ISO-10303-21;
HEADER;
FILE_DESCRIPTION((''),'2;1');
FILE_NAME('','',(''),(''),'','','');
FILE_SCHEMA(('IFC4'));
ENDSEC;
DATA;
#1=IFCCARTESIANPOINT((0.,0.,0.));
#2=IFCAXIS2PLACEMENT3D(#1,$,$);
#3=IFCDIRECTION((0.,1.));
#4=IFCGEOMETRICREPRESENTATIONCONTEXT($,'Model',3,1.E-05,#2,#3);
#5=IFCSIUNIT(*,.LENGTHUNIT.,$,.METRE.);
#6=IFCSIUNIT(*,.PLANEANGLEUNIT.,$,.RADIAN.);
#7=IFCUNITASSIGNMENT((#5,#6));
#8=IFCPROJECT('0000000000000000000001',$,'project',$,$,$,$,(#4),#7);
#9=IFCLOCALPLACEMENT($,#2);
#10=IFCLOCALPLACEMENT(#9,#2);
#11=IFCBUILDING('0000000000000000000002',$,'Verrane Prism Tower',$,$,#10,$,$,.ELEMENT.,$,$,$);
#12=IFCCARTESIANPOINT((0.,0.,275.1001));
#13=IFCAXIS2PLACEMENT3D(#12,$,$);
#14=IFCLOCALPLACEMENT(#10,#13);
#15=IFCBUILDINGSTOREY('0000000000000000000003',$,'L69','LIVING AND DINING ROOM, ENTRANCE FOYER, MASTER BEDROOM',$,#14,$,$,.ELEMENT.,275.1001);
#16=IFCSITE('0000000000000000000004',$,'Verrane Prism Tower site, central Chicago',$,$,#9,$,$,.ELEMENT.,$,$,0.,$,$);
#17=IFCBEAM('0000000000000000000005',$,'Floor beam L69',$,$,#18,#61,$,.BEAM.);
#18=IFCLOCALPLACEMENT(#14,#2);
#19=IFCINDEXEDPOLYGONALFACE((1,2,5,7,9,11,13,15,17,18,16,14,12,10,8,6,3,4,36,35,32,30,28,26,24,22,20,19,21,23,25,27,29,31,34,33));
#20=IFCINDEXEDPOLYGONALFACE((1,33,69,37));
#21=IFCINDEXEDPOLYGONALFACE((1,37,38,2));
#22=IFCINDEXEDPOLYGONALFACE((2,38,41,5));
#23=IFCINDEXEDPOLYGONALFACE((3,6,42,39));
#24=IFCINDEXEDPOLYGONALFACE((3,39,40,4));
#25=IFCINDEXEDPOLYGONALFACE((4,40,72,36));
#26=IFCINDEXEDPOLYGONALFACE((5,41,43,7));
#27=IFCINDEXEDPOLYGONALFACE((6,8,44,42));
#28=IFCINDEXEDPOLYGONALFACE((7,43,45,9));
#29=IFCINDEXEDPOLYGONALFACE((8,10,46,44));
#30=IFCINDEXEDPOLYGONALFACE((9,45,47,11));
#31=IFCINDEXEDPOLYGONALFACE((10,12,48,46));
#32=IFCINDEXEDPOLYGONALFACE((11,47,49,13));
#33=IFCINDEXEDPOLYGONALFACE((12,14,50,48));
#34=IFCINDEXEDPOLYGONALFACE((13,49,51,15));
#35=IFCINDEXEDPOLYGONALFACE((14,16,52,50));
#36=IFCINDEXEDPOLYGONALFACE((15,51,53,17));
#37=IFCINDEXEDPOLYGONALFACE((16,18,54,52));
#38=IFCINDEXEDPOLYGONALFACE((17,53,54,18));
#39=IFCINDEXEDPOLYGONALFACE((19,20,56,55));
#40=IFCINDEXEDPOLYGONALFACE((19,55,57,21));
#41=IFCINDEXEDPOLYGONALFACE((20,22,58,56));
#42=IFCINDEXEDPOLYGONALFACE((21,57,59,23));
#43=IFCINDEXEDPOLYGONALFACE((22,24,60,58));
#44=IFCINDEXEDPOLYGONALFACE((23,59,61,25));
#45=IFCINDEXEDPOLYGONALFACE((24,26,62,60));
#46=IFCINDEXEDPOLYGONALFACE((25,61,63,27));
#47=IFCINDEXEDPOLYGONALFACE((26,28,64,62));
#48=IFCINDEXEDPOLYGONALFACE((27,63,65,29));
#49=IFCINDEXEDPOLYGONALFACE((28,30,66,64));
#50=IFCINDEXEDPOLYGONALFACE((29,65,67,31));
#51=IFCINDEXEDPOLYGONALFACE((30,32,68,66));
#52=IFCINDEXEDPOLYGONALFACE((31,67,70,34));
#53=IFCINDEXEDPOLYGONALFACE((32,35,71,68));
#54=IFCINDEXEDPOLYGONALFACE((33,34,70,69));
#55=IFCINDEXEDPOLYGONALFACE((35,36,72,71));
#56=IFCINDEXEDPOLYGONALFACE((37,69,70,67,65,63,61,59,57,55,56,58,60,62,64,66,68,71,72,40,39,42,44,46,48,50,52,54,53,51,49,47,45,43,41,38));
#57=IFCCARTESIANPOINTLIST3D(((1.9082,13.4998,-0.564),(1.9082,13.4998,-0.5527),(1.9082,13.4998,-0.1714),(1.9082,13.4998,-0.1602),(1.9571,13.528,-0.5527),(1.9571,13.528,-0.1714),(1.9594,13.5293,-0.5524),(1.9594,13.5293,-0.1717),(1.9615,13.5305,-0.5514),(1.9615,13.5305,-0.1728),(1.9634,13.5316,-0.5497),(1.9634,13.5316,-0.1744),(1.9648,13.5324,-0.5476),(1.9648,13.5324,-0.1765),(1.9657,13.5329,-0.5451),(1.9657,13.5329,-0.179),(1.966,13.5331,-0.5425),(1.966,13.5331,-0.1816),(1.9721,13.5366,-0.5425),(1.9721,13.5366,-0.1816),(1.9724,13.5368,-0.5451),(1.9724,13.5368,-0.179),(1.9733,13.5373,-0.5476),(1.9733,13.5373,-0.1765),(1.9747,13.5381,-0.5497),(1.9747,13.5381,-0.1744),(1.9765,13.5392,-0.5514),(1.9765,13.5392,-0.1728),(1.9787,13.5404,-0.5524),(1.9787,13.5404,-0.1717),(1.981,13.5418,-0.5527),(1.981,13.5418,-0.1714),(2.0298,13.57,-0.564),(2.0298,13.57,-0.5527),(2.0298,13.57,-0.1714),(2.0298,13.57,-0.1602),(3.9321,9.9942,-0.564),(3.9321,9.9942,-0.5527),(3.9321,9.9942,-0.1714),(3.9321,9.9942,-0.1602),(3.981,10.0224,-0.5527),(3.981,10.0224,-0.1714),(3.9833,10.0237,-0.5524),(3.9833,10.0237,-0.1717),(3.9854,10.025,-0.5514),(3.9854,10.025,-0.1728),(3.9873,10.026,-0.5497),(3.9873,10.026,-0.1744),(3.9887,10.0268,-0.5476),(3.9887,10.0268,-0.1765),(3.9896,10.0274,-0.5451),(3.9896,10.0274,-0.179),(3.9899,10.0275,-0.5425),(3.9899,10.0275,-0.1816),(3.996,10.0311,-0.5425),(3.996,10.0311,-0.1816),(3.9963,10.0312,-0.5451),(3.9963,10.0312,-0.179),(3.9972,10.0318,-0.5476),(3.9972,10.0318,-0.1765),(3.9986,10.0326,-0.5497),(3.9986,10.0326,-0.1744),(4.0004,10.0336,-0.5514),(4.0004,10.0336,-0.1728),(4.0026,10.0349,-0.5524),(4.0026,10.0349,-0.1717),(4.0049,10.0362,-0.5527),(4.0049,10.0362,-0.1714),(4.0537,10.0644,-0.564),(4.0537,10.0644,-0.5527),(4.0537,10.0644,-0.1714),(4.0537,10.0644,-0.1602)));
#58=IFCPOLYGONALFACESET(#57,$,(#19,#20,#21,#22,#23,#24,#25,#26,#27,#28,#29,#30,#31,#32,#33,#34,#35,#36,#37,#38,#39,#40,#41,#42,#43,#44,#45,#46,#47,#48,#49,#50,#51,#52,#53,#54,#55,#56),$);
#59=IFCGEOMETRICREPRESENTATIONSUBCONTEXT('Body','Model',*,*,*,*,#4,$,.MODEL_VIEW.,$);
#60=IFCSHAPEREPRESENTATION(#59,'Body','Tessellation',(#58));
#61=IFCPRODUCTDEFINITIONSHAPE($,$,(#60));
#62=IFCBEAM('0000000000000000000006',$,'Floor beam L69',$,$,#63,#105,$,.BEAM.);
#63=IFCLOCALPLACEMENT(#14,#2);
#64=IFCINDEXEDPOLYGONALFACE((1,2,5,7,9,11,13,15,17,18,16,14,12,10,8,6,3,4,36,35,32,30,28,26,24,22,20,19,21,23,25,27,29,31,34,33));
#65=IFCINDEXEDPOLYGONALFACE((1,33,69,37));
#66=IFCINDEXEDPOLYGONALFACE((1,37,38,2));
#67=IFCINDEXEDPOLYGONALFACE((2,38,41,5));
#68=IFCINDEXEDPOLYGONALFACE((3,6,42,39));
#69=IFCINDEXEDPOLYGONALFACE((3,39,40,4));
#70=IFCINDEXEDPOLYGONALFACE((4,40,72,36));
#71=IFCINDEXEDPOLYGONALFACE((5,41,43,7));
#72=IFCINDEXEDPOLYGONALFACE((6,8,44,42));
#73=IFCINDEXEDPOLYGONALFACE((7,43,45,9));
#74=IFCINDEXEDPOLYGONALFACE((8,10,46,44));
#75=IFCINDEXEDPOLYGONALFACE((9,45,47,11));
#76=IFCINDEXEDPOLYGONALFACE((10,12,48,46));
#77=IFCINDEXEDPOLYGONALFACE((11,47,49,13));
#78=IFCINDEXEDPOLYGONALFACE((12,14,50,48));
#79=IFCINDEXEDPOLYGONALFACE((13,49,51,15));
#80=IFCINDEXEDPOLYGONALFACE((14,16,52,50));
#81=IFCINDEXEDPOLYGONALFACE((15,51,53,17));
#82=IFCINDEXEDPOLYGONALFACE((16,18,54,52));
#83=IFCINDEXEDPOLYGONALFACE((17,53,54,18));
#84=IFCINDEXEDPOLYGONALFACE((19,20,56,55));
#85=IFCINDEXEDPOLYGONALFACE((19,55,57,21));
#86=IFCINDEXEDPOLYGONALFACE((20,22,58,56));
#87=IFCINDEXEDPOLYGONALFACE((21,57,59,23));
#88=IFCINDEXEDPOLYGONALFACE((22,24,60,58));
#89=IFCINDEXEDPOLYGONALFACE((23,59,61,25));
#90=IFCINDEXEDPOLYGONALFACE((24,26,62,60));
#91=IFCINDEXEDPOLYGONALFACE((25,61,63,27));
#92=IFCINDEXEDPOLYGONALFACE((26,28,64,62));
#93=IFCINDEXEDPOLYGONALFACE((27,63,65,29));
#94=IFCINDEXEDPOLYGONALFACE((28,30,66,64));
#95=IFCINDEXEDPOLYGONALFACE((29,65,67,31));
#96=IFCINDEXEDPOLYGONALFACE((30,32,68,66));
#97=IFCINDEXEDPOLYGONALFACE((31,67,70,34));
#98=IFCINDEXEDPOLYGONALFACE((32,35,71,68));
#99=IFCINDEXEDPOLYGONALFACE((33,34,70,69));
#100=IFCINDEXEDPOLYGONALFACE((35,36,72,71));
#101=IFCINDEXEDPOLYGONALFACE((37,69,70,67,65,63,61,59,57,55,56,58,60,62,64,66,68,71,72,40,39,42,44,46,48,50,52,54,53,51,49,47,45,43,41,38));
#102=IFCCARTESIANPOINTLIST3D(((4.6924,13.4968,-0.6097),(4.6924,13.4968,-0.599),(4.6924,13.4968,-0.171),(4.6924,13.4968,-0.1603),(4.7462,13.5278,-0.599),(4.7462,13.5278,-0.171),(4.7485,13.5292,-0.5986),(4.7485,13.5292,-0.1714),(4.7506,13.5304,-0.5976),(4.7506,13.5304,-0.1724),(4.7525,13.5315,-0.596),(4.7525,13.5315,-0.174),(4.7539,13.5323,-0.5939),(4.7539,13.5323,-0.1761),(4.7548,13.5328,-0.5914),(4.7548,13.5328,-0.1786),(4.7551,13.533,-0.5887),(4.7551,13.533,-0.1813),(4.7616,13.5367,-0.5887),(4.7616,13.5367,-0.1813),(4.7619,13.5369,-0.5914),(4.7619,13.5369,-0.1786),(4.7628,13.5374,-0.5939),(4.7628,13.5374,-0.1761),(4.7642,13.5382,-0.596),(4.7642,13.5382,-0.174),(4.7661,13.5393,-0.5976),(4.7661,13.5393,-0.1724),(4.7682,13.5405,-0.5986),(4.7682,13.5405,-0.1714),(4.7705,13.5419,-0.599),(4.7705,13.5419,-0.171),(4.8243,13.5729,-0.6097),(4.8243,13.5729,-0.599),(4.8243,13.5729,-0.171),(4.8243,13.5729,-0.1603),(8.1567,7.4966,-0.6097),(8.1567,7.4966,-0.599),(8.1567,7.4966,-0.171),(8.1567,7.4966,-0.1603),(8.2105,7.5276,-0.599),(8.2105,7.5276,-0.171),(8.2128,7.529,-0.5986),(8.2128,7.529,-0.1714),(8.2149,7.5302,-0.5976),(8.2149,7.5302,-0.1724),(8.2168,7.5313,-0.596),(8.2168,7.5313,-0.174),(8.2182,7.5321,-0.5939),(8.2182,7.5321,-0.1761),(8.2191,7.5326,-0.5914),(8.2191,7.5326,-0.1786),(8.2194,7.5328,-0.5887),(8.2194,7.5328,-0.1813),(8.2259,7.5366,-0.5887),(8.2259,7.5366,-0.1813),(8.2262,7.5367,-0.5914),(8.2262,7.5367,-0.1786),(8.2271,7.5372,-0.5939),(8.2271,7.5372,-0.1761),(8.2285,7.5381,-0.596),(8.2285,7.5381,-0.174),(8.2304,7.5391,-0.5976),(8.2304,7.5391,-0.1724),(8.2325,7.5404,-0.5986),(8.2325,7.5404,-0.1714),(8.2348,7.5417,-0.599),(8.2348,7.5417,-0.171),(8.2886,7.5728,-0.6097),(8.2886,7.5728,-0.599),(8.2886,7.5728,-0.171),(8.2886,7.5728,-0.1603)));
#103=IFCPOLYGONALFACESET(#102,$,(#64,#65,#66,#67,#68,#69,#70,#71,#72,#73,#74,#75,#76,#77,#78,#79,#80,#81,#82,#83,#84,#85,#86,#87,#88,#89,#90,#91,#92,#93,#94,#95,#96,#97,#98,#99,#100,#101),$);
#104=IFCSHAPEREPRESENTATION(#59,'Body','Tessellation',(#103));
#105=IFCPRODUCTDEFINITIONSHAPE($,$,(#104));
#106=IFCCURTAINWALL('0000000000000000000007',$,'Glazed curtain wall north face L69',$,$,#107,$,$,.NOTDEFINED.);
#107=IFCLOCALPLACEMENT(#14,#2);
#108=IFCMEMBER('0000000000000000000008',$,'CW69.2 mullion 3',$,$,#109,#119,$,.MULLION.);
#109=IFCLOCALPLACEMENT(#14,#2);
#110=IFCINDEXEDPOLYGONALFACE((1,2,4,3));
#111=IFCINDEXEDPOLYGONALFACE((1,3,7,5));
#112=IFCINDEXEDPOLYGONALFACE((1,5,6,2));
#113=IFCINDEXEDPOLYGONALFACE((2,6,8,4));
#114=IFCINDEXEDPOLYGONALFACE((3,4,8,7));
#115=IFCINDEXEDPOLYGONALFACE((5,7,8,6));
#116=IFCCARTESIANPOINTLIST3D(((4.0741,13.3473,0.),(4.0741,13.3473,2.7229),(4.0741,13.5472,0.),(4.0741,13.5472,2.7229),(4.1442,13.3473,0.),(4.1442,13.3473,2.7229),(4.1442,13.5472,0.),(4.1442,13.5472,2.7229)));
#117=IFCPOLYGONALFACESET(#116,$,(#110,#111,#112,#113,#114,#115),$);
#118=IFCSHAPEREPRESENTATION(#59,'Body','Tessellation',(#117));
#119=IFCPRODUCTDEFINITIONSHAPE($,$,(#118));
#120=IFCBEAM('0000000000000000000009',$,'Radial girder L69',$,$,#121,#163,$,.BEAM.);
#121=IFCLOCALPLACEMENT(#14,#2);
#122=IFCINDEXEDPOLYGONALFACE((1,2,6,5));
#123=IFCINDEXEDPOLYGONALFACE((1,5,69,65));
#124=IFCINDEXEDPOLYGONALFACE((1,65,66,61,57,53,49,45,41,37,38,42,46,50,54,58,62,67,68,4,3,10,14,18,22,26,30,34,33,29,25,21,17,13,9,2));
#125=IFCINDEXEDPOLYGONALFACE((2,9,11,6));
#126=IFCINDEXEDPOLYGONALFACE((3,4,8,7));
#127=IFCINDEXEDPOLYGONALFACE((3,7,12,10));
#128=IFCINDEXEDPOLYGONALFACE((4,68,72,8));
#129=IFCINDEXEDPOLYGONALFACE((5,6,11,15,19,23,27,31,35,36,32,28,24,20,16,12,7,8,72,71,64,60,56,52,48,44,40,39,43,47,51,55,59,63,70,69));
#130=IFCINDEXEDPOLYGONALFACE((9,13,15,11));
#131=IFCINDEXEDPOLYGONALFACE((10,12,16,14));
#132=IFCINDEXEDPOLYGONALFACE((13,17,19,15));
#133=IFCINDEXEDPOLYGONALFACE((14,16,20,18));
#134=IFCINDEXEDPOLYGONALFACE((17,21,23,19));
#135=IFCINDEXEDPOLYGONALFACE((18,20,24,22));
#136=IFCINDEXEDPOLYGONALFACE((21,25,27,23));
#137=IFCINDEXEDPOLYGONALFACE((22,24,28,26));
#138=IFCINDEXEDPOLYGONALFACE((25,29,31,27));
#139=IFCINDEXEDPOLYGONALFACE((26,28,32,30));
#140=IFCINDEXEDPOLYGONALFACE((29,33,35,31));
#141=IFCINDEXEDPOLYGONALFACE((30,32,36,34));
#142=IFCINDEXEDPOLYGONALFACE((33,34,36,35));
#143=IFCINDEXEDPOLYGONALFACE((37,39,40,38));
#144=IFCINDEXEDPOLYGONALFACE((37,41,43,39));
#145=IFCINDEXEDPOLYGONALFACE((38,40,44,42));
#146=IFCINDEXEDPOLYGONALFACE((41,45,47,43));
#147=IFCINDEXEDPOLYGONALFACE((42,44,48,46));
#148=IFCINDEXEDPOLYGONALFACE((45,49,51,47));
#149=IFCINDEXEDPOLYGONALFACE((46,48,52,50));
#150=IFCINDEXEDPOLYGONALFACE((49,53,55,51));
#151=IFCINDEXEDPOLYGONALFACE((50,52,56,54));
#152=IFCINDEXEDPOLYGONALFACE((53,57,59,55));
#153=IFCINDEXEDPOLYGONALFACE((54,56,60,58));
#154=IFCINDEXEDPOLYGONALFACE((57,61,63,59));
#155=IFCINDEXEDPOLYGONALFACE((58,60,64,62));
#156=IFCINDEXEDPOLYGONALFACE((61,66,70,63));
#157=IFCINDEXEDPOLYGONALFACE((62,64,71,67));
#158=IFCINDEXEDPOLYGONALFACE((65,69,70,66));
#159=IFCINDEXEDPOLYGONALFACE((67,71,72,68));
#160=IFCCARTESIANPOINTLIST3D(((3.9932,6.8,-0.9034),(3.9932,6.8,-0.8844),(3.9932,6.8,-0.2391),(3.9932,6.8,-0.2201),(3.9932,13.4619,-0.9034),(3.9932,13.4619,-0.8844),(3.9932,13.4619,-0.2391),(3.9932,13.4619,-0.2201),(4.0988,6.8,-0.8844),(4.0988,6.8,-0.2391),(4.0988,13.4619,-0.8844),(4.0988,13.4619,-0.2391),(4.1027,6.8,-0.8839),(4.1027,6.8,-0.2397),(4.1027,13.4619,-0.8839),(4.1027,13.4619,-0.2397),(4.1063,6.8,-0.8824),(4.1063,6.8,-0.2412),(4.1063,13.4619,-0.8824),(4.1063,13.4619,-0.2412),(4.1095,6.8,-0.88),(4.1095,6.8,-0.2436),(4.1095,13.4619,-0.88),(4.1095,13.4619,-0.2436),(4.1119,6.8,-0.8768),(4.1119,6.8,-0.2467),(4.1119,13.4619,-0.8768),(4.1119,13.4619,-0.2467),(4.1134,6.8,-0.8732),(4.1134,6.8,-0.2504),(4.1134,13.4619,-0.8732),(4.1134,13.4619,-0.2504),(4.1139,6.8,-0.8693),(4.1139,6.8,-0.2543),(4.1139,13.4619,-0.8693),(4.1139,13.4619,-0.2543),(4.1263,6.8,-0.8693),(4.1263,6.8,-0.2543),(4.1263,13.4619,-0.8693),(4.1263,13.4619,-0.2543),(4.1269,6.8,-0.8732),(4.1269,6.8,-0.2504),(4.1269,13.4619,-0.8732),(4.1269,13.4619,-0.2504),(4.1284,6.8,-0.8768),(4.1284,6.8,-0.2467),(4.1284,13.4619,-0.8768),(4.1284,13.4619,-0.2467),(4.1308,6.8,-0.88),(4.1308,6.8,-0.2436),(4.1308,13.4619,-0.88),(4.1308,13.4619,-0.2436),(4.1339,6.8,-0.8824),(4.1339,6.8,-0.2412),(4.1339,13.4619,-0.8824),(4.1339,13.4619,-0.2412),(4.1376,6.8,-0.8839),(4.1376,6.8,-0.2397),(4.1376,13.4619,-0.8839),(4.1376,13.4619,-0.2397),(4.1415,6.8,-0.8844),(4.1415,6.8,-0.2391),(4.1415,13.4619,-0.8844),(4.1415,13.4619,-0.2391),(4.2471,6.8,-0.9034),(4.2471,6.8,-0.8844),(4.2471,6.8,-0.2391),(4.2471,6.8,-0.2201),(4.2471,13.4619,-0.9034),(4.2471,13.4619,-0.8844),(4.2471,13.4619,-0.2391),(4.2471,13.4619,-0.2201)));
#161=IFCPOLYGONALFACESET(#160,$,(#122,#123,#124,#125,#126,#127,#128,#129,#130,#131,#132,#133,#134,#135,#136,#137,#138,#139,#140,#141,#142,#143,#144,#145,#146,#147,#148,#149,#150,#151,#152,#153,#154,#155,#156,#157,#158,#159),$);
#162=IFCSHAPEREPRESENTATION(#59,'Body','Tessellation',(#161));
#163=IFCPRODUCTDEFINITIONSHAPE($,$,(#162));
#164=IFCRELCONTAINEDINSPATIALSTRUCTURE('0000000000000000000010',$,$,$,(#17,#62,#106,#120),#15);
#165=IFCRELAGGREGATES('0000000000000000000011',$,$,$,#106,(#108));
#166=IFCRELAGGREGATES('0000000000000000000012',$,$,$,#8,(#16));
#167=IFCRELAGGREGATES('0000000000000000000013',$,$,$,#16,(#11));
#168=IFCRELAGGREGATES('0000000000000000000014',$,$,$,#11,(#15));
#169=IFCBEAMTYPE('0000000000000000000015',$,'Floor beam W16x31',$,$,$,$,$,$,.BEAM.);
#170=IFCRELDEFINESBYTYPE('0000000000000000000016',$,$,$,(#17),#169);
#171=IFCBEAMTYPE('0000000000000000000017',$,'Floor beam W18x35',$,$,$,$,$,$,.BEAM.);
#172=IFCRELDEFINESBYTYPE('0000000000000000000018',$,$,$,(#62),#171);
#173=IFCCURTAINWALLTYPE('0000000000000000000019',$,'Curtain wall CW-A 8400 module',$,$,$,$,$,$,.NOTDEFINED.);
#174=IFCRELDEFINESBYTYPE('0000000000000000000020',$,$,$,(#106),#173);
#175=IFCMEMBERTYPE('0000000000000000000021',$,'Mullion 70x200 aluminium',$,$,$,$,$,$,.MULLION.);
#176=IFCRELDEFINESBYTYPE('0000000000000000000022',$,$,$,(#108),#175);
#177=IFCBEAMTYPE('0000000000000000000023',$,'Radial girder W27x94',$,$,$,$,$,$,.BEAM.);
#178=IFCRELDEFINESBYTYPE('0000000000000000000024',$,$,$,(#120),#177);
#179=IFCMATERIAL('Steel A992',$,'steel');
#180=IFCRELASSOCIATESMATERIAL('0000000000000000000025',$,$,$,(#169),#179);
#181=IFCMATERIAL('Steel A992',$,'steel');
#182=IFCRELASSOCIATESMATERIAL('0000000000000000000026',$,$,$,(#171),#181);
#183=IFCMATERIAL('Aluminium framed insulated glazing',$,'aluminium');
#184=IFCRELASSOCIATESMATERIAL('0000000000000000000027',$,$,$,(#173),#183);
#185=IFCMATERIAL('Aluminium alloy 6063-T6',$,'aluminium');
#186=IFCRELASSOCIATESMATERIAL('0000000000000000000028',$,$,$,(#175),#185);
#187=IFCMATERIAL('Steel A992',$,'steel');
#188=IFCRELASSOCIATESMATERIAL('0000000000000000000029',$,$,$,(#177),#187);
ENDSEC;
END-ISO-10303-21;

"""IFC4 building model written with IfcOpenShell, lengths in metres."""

from ifc_helpers import new_model, si_unit, direction, frame, origin, origin_2d, place, context, subcontext, project, spatial, rectangle, i_section, extrude, material, material_profile, profile_set, type_object, element, aggregate, save


model = new_model("IFC4")

# Units and contexts
model_context = context("Model", 3, precision=1e-05, world=origin(), true_north=direction((0.0, 1.0)))
body_context = subcontext(model_context, "Body", "Model", "MODEL_VIEW")
ifc_project = project(units=[si_unit("LENGTHUNIT", "METRE"), si_unit("PLANEANGLEUNIT", "RADIAN")], contexts=[model_context])

# Site, building, storey
site_placement = place(None, origin())
site = spatial("IfcSite", under=ifc_project, at=site_placement, Name="Verrane Prism Tower site, central Chicago", CompositionType="ELEMENT", RefElevation=0.0)
building_placement = place(site_placement, origin())
building = spatial("IfcBuilding", under=site, at=building_placement, Name="Verrane Prism Tower", CompositionType="ELEMENT")
storey_placement = place(building_placement, frame((0.0, 0.0, 275.1001)))
storey = spatial("IfcBuildingStorey", under=building, at=storey_placement, Name="L69", Description="LIVING AND DINING ROOM, ENTRANCE FOYER, MASTER BEDROOM", CompositionType="ELEMENT", Elevation=275.1001)

# Beams
ifc_material_1 = material(Name="Steel A992", Category="steel")
ifc_material_profile_1 = material_profile(ifc_material_1, i_section(OverallWidth=0.1404, OverallDepth=0.4038, WebThickness=0.0071, FlangeThickness=0.0112, FilletRadius=0.0103, at=origin_2d()), Name="W16x31")
ifc_profile_set_1 = profile_set([ifc_material_profile_1], Name="Steel A992")
beam_type_1 = type_object("IfcBeamType", Name="Floor beam W16x31", PredefinedType="BEAM", material=ifc_profile_set_1)
beam_1_placement = place(storey_placement, frame((3.9929, 10.0293, -0.3621), z_axis=(-0.499992, 0.86603, 0.0), x_axis=(-0.86603, -0.499992, 0.0)))
element("IfcBeam", 1, at=beam_1_placement, inside=storey, type_object=beam_type_1, Name="Floor beam L69", PredefinedType="BEAM", context=body_context, shape_type="SweptSolid", body=[
    extrude(i_section(OverallWidth=0.1404, OverallDepth=0.4038, WebThickness=0.0071, FlangeThickness=0.0112, FilletRadius=0.0103, at=origin_2d()), origin(), (0.0, 0.0, 1.0), 4.0479),
])
ifc_material_2 = material(Name="Steel A992", Category="steel")
ifc_material_profile_2 = material_profile(ifc_material_2, i_section(OverallWidth=0.1523, OverallDepth=0.4495, WebThickness=0.0076, FlangeThickness=0.0107, FilletRadius=0.0103, at=origin_2d()), Name="W18x35")
ifc_profile_set_2 = profile_set([ifc_material_profile_2], Name="Steel A992")
beam_type_2 = type_object("IfcBeamType", Name="Floor beam W18x35", PredefinedType="BEAM", material=ifc_profile_set_2)
beam_2_placement = place(storey_placement, frame((8.2227, 7.5347, -0.385), z_axis=(-0.500012, 0.866018, 0.0), x_axis=(-0.866018, -0.500012, 0.0)))
element("IfcBeam", 2, at=beam_2_placement, inside=storey, type_object=beam_type_2, Name="Floor beam L69", PredefinedType="BEAM", context=body_context, shape_type="SweptSolid", body=[
    extrude(i_section(OverallWidth=0.1523, OverallDepth=0.4495, WebThickness=0.0076, FlangeThickness=0.0107, FilletRadius=0.0103, at=origin_2d()), origin(), (0.0, 0.0, 1.0), 6.9285),
])

# Curtain wall, member
ifc_material_3 = material(Name="Aluminium framed insulated glazing", Category="aluminium")
curtain_wall_type = type_object("IfcCurtainWallType", Name="Curtain wall CW-A 8400 module", PredefinedType="NOTDEFINED", material=ifc_material_3)
curtain_wall_placement = place(storey_placement, origin())
curtain_wall = element("IfcCurtainWall", 3, at=curtain_wall_placement, inside=storey, type_object=curtain_wall_type, Name="Glazed curtain wall north face L69", PredefinedType="NOTDEFINED")
ifc_material_4 = material(Name="Aluminium alloy 6063-T6", Category="aluminium")
ifc_material_profile_3 = material_profile(ifc_material_4, rectangle(XDim=0.2, YDim=0.0701, at=origin_2d()), Name="Mullion 70x200 aluminium")
ifc_profile_set_3 = profile_set([ifc_material_profile_3], Name="Aluminium alloy 6063-T6")
member_type_1 = type_object("IfcMemberType", Name="Mullion 70x200 aluminium", PredefinedType="MULLION", material=ifc_profile_set_3)
member_1_placement = place(storey_placement, frame((4.1091, 13.4473, 0.0), z_axis=(0.0, 0.0, 1.0), x_axis=(0.0, -1.0, 0.0)))
member_1 = element("IfcMember", 4, at=member_1_placement, type_object=member_type_1, Name="CW69.2 mullion 3", PredefinedType="MULLION", context=body_context, shape_type="SweptSolid", body=[
    extrude(rectangle(XDim=0.2, YDim=0.0701, at=origin_2d()), origin(), (0.0, 0.0, 1.0), 2.7229),
])

# Beam
ifc_material_5 = material(Name="Steel A992", Category="steel")
ifc_material_profile_4 = material_profile(ifc_material_5, i_section(OverallWidth=0.2539, OverallDepth=0.6833, WebThickness=0.0125, FlangeThickness=0.019, FilletRadius=0.0151, at=origin_2d()), Name="W27x94")
ifc_profile_set_4 = profile_set([ifc_material_profile_4], Name="Steel A992")
beam_type_3 = type_object("IfcBeamType", Name="Radial girder W27x94", PredefinedType="BEAM", material=ifc_profile_set_4)
beam_3_placement = place(storey_placement, frame((4.1201, 13.4619, -0.5618), z_axis=(0.0, -1.0, 0.0), x_axis=(1.0, 0.0, 0.0)))
element("IfcBeam", 5, at=beam_3_placement, inside=storey, type_object=beam_type_3, Name="Radial girder L69", PredefinedType="BEAM", context=body_context, shape_type="SweptSolid", body=[
    extrude(i_section(OverallWidth=0.2539, OverallDepth=0.6833, WebThickness=0.0125, FlangeThickness=0.019, FilletRadius=0.0151, at=origin_2d()), origin(), (0.0, 0.0, 1.0), 6.6619),
])

aggregate(curtain_wall, [member_1])

save(model, "model.ifc")
